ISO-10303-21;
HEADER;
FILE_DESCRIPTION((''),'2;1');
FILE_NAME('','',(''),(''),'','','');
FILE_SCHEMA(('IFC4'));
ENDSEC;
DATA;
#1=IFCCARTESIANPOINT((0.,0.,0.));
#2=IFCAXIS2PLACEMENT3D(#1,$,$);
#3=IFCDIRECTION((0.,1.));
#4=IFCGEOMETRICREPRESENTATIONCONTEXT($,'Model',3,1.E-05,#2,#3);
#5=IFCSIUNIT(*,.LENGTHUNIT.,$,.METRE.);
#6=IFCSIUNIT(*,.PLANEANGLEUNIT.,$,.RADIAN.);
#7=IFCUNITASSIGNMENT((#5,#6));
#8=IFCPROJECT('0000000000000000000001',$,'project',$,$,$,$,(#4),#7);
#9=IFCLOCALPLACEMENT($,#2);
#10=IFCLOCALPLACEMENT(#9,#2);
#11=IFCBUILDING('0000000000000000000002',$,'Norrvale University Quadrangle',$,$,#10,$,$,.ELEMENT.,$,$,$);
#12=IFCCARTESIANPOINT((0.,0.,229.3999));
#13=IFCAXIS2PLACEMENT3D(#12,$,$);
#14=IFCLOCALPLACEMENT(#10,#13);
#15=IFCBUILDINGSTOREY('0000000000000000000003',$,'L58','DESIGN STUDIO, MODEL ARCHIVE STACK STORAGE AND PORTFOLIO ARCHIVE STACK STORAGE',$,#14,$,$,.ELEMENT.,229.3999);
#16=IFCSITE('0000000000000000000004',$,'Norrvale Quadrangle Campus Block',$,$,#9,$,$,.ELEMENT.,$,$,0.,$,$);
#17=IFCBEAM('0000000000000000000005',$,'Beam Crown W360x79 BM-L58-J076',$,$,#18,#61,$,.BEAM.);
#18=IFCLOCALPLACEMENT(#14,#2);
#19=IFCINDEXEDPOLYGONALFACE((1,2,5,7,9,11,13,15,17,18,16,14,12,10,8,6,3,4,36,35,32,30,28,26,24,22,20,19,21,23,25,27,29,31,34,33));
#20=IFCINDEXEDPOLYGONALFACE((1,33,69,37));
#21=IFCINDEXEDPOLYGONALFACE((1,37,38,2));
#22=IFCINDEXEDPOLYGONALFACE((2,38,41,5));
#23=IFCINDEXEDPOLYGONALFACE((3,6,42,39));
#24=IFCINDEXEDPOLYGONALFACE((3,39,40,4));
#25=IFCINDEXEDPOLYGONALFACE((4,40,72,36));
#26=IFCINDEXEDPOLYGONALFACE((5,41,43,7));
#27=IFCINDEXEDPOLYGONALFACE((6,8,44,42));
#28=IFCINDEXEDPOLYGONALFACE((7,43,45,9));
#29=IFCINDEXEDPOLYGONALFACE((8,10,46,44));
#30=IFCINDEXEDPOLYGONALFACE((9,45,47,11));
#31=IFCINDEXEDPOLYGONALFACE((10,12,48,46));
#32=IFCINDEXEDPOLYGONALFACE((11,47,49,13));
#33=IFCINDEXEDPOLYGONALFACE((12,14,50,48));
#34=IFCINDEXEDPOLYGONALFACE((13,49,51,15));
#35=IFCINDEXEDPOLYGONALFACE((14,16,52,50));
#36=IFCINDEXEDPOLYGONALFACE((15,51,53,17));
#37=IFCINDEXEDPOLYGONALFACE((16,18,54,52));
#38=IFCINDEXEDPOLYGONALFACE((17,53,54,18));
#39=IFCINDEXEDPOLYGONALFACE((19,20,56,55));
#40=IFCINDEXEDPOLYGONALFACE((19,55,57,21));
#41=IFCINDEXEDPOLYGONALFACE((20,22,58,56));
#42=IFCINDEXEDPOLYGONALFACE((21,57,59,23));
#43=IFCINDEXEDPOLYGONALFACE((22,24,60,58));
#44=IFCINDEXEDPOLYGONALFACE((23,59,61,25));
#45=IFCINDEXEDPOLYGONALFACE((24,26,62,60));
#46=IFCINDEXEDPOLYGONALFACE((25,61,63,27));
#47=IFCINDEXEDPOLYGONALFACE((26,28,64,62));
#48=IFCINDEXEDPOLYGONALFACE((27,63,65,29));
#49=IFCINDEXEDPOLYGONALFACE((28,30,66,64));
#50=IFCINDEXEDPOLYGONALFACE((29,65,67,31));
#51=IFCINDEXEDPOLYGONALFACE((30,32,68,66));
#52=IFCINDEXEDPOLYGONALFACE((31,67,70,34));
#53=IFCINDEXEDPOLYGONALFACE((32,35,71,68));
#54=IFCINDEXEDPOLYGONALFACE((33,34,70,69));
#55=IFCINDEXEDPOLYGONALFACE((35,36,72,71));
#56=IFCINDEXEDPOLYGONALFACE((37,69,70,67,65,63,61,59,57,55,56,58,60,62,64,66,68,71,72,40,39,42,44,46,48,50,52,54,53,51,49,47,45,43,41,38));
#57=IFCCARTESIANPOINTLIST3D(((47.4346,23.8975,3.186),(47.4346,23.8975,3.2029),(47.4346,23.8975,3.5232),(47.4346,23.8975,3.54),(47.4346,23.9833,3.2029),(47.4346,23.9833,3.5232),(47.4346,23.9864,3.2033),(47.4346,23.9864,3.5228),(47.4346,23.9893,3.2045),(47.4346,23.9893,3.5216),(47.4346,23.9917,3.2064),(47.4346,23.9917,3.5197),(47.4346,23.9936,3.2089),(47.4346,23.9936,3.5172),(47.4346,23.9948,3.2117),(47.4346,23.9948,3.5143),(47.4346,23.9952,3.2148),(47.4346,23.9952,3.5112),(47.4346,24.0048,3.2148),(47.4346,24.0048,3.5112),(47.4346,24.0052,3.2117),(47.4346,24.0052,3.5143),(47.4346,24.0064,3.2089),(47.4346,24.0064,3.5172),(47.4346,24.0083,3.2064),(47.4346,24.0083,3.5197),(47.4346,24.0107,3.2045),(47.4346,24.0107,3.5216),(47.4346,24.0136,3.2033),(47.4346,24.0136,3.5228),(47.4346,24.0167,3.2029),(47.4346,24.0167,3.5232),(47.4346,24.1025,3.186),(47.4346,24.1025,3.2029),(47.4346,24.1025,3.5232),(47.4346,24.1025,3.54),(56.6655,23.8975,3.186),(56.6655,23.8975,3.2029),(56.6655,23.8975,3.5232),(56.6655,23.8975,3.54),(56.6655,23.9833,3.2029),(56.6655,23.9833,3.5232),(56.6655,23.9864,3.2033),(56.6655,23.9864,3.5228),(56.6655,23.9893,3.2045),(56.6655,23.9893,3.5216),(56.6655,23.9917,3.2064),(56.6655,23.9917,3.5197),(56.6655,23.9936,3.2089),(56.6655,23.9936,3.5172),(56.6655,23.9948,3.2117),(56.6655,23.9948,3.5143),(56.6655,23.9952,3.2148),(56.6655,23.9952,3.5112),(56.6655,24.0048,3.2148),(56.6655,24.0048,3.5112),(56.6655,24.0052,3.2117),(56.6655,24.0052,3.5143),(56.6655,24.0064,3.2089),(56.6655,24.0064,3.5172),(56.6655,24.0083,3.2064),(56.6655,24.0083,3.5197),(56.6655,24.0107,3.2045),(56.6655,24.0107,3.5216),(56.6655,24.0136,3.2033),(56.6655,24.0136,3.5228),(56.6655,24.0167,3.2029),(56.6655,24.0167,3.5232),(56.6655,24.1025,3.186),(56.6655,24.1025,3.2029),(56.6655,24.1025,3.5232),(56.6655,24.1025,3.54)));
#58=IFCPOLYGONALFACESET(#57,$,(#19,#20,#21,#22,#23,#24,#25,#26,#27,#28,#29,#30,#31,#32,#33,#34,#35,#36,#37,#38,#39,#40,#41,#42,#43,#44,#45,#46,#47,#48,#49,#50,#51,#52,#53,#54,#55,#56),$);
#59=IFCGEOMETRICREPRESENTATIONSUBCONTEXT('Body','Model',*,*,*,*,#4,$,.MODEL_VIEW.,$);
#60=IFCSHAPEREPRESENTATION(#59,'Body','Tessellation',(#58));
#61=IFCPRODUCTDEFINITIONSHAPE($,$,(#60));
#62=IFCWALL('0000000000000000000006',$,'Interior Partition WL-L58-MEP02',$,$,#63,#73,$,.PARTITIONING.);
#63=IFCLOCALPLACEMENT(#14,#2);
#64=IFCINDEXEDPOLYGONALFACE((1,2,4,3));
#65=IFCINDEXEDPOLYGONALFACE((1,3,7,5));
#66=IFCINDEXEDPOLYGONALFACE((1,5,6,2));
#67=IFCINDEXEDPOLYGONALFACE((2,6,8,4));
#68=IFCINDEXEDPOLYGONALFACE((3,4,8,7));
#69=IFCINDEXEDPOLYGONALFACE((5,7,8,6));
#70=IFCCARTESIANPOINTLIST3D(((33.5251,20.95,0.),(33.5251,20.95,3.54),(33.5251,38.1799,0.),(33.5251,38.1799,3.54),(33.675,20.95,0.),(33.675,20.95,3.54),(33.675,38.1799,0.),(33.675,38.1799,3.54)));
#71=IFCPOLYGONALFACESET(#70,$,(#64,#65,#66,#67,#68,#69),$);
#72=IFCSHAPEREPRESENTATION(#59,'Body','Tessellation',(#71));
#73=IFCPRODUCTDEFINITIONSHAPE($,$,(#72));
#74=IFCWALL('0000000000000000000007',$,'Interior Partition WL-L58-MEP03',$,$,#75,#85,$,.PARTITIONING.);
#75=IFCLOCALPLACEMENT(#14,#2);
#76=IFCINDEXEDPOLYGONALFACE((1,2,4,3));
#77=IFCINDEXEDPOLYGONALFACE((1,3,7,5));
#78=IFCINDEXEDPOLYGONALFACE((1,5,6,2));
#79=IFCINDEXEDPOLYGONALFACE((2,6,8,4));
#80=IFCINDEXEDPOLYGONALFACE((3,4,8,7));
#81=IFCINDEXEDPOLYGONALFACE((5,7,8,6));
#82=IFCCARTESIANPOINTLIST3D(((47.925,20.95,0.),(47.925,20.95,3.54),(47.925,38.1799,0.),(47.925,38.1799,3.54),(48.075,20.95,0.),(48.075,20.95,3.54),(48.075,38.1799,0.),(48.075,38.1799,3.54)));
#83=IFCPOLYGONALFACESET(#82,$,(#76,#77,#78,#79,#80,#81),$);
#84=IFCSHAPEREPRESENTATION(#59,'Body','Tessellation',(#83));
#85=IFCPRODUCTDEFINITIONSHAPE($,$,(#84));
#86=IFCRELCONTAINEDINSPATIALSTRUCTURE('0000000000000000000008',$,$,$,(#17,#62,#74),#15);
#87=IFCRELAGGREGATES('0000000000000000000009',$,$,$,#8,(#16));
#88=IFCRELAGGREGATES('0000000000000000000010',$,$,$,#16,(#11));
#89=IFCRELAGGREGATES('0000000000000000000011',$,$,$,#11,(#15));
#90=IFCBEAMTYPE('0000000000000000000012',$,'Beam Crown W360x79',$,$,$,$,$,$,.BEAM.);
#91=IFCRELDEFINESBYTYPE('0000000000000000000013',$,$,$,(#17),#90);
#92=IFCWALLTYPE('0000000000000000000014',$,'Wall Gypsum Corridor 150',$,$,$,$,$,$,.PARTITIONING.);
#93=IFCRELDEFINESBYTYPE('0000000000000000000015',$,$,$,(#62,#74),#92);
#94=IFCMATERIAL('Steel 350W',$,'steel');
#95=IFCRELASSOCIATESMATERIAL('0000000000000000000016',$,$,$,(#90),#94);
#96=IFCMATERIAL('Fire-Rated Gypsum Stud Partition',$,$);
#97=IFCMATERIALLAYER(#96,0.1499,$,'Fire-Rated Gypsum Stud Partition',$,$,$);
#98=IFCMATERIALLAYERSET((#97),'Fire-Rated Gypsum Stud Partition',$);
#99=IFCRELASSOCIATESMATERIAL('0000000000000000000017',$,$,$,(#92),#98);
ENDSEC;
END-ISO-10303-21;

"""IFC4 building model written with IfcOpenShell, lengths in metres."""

from ifc_helpers import new_model, si_unit, direction, frame, frame_2d, origin, origin_2d, place, context, subcontext, project, spatial, rectangle, i_section, extrude, material, layer, layer_set, material_profile, profile_set, type_object, element, save


model = new_model("IFC4")

# Units and contexts
model_context = context("Model", 3, precision=1e-05, world=origin(), true_north=direction((0.0, 1.0)))
body_context = subcontext(model_context, "Body", "Model", "MODEL_VIEW")
ifc_project = project(units=[si_unit("LENGTHUNIT", "METRE"), si_unit("PLANEANGLEUNIT", "RADIAN")], contexts=[model_context])

# Site, building, storey
site_placement = place(None, origin())
site = spatial("IfcSite", under=ifc_project, at=site_placement, Name="Norrvale Quadrangle Campus Block", CompositionType="ELEMENT", RefElevation=0.0)
building_placement = place(site_placement, origin())
building = spatial("IfcBuilding", under=site, at=building_placement, Name="Norrvale University Quadrangle", CompositionType="ELEMENT")
storey_placement = place(building_placement, frame((0.0, 0.0, 229.3999)))
storey = spatial("IfcBuildingStorey", under=building, at=storey_placement, Name="L58", Description="DESIGN STUDIO, MODEL ARCHIVE STACK STORAGE AND PORTFOLIO ARCHIVE STACK STORAGE", CompositionType="ELEMENT", Elevation=229.3999)

# Beam
ifc_material_1 = material(Name="Steel 350W", Category="steel")
ifc_material_profile_1 = material_profile(ifc_material_1, i_section(OverallWidth=0.2051, OverallDepth=0.354, WebThickness=0.0095, FlangeThickness=0.0168, FilletRadius=0.012, at=origin_2d()), Name="Steel 350W")
ifc_profile_set_1 = profile_set([ifc_material_profile_1], Name="Steel 350W")
beam_type_1 = type_object("IfcBeamType", Name="Beam Crown W360x79", PredefinedType="BEAM", material=ifc_profile_set_1)
for number, where, z_axis, x_axis, name in (
    (1, (47.4346, 24.0, 3.363), (1.0, 0.0, 0.0), (0.0, 1.0, 0.0), "Beam Crown W360x79 BM-L58-J076"),
):
    element("IfcBeam", number, at=place(storey_placement, frame(where, z_axis=z_axis, x_axis=x_axis)), inside=storey, type_object=beam_type_1, Name=name, PredefinedType="BEAM", context=body_context, shape_type="SweptSolid", body=[
        extrude(i_section(OverallWidth=0.2051, OverallDepth=0.354, WebThickness=0.0095, FlangeThickness=0.0168, FilletRadius=0.012, at=origin_2d()), origin(), (0.0, 0.0, 1.0), 9.231),
    ])

# Walls
ifc_material_2 = material(Name="Fire-Rated Gypsum Stud Partition")
ifc_layer = layer(ifc_material_2, 0.1499, Name="Fire-Rated Gypsum Stud Partition")
ifc_layer_set = layer_set([ifc_layer], Name="Fire-Rated Gypsum Stud Partition")
wall_type = type_object("IfcWallType", Name="Wall Gypsum Corridor 150", PredefinedType="PARTITIONING", material=ifc_layer_set)
for number, where, z_axis, x_axis, name in (
    (2, (33.6001, 20.95, 0.0), (0.0, 0.0, 1.0), (0.0, 1.0, 0.0), "Interior Partition WL-L58-MEP02"),
    (3, (48.0, 20.95, 0.0), (0.0, 0.0, 1.0), (0.0, 1.0, 0.0), "Interior Partition WL-L58-MEP03"),
):
    element("IfcWall", number, at=place(storey_placement, frame(where, z_axis=z_axis, x_axis=x_axis)), inside=storey, type_object=wall_type, Name=name, PredefinedType="PARTITIONING", context=body_context, shape_type="SweptSolid", body=[
        extrude(rectangle(XDim=17.23, YDim=0.1499, at=frame_2d((8.615, 0.0))), origin(), (0.0, 0.0, 1.0), 3.54),
    ])

save(model, "model.ifc")
